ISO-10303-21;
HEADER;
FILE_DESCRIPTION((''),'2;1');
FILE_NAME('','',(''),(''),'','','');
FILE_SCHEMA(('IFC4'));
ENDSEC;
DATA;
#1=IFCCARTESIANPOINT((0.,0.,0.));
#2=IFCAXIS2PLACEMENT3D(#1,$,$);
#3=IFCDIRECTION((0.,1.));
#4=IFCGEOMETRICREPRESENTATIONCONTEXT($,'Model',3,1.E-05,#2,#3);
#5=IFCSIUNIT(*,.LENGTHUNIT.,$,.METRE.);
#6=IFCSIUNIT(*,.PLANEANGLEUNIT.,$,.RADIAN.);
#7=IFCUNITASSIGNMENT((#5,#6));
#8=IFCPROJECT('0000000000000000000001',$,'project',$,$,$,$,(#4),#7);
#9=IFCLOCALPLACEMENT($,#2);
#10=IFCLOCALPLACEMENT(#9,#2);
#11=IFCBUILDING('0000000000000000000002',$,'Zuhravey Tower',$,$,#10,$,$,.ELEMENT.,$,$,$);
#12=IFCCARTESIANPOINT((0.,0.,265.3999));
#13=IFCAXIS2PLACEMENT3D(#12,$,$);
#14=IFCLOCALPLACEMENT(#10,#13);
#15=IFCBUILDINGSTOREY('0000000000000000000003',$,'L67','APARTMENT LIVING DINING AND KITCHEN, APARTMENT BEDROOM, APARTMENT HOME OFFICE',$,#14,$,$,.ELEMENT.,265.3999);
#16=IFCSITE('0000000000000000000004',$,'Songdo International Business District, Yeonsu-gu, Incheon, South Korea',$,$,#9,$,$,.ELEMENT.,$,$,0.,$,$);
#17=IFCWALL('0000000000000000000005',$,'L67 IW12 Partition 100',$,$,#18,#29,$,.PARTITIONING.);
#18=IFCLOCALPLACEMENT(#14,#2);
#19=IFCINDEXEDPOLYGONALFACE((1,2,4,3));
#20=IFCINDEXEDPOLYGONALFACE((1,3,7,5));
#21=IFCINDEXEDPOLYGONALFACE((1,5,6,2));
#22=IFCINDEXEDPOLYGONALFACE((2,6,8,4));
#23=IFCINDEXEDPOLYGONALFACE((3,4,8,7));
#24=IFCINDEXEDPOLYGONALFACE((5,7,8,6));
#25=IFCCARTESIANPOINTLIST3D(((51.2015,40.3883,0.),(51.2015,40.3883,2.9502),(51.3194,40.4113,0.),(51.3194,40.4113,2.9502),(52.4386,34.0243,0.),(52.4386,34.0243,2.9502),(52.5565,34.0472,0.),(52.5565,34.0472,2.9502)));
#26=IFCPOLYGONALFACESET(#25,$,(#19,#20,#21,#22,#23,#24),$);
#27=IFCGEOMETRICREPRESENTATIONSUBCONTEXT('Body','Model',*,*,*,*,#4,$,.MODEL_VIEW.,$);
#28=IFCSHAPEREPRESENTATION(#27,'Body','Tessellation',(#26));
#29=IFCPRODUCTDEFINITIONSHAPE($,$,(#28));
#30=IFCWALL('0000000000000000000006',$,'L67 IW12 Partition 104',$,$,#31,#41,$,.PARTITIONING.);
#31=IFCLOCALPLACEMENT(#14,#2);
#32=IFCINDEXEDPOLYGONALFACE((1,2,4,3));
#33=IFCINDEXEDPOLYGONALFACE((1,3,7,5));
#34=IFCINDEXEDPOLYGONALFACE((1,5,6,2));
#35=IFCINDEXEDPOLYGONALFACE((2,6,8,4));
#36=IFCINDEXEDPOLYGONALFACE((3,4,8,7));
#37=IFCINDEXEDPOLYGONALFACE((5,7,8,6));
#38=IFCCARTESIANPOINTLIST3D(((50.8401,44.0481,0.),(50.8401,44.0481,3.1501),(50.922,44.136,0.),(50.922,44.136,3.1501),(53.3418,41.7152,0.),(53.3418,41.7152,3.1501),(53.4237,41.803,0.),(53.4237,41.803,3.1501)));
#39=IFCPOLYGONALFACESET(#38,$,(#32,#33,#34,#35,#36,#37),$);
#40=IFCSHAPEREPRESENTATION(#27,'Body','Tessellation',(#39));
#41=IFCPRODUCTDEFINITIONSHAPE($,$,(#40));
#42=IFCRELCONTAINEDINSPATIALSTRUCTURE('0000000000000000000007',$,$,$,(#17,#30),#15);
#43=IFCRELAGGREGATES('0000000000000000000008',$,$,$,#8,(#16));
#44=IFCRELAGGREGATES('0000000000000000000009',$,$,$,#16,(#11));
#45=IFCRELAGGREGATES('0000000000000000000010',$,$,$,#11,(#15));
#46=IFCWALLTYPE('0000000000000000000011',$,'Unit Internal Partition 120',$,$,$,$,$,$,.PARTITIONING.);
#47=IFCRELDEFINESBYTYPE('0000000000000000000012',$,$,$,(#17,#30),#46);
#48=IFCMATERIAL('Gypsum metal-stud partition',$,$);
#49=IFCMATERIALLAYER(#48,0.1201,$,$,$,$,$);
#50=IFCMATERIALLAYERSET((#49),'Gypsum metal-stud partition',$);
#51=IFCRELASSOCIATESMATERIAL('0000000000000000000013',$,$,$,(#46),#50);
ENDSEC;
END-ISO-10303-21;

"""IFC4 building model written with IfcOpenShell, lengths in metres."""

from ifc_helpers import new_model, si_unit, direction, frame, frame_2d, origin, place, context, subcontext, project, spatial, rectangle, extrude, material, layer, layer_set, type_object, element, save


model = new_model("IFC4")

# Units and contexts
model_context = context("Model", 3, precision=1e-05, world=origin(), true_north=direction((0.0, 1.0)))
body_context = subcontext(model_context, "Body", "Model", "MODEL_VIEW")
ifc_project = project(units=[si_unit("LENGTHUNIT", "METRE"), si_unit("PLANEANGLEUNIT", "RADIAN")], contexts=[model_context])

# Site, building, storey
site_placement = place(None, origin())
site = spatial("IfcSite", under=ifc_project, at=site_placement, Name="Songdo International Business District, Yeonsu-gu, Incheon, South Korea", CompositionType="ELEMENT", RefElevation=0.0)
building_placement = place(site_placement, origin())
building = spatial("IfcBuilding", under=site, at=building_placement, Name="Zuhravey Tower", CompositionType="ELEMENT")
storey_placement = place(building_placement, frame((0.0, 0.0, 265.3999)))
storey = spatial("IfcBuildingStorey", under=building, at=storey_placement, Name="L67", Description="APARTMENT LIVING DINING AND KITCHEN, APARTMENT BEDROOM, APARTMENT HOME OFFICE", CompositionType="ELEMENT", Elevation=265.3999)

# Shared definitions
ifc_material_1 = material(Name="Gypsum metal-stud partition")
ifc_layer_1 = layer(ifc_material_1, 0.1201)
ifc_layer_set_1 = layer_set([ifc_layer_1], Name="Gypsum metal-stud partition")
wall_type_1 = type_object("IfcWallType", Name="Unit Internal Partition 120", PredefinedType="PARTITIONING", material=ifc_layer_set_1)

# Walls
wall_1_placement = place(storey_placement, frame((52.4976, 34.0356, 0.0), z_axis=(0.0, 0.0, 1.0), x_axis=(-0.190812, 0.981627, 0.0)))
element("IfcWall", 1, at=wall_1_placement, inside=storey, type_object=wall_type_1, Name="L67 IW12 Partition 100", PredefinedType="PARTITIONING", context=body_context, shape_type="SweptSolid", body=[
    extrude(rectangle(XDim=6.4832, YDim=0.1201, at=frame_2d((3.2417, 0.0))), origin(), (0.0, 0.0, 1.0), 2.9502),
])
wall_2_placement = place(storey_placement, frame((53.3828, 41.759, 0.0), z_axis=(0.0, 0.0, 1.0), x_axis=(-0.731335, 0.682018, 0.0)))
element("IfcWall", 2, at=wall_2_placement, inside=storey, type_object=wall_type_1, Name="L67 IW12 Partition 104", PredefinedType="PARTITIONING", context=body_context, shape_type="SweptSolid", body=[
    extrude(rectangle(XDim=3.4207, YDim=0.1201, at=frame_2d((1.7104, 0.0))), origin(), (0.0, 0.0, 1.0), 3.1501),
])

save(model, "model.ifc")
